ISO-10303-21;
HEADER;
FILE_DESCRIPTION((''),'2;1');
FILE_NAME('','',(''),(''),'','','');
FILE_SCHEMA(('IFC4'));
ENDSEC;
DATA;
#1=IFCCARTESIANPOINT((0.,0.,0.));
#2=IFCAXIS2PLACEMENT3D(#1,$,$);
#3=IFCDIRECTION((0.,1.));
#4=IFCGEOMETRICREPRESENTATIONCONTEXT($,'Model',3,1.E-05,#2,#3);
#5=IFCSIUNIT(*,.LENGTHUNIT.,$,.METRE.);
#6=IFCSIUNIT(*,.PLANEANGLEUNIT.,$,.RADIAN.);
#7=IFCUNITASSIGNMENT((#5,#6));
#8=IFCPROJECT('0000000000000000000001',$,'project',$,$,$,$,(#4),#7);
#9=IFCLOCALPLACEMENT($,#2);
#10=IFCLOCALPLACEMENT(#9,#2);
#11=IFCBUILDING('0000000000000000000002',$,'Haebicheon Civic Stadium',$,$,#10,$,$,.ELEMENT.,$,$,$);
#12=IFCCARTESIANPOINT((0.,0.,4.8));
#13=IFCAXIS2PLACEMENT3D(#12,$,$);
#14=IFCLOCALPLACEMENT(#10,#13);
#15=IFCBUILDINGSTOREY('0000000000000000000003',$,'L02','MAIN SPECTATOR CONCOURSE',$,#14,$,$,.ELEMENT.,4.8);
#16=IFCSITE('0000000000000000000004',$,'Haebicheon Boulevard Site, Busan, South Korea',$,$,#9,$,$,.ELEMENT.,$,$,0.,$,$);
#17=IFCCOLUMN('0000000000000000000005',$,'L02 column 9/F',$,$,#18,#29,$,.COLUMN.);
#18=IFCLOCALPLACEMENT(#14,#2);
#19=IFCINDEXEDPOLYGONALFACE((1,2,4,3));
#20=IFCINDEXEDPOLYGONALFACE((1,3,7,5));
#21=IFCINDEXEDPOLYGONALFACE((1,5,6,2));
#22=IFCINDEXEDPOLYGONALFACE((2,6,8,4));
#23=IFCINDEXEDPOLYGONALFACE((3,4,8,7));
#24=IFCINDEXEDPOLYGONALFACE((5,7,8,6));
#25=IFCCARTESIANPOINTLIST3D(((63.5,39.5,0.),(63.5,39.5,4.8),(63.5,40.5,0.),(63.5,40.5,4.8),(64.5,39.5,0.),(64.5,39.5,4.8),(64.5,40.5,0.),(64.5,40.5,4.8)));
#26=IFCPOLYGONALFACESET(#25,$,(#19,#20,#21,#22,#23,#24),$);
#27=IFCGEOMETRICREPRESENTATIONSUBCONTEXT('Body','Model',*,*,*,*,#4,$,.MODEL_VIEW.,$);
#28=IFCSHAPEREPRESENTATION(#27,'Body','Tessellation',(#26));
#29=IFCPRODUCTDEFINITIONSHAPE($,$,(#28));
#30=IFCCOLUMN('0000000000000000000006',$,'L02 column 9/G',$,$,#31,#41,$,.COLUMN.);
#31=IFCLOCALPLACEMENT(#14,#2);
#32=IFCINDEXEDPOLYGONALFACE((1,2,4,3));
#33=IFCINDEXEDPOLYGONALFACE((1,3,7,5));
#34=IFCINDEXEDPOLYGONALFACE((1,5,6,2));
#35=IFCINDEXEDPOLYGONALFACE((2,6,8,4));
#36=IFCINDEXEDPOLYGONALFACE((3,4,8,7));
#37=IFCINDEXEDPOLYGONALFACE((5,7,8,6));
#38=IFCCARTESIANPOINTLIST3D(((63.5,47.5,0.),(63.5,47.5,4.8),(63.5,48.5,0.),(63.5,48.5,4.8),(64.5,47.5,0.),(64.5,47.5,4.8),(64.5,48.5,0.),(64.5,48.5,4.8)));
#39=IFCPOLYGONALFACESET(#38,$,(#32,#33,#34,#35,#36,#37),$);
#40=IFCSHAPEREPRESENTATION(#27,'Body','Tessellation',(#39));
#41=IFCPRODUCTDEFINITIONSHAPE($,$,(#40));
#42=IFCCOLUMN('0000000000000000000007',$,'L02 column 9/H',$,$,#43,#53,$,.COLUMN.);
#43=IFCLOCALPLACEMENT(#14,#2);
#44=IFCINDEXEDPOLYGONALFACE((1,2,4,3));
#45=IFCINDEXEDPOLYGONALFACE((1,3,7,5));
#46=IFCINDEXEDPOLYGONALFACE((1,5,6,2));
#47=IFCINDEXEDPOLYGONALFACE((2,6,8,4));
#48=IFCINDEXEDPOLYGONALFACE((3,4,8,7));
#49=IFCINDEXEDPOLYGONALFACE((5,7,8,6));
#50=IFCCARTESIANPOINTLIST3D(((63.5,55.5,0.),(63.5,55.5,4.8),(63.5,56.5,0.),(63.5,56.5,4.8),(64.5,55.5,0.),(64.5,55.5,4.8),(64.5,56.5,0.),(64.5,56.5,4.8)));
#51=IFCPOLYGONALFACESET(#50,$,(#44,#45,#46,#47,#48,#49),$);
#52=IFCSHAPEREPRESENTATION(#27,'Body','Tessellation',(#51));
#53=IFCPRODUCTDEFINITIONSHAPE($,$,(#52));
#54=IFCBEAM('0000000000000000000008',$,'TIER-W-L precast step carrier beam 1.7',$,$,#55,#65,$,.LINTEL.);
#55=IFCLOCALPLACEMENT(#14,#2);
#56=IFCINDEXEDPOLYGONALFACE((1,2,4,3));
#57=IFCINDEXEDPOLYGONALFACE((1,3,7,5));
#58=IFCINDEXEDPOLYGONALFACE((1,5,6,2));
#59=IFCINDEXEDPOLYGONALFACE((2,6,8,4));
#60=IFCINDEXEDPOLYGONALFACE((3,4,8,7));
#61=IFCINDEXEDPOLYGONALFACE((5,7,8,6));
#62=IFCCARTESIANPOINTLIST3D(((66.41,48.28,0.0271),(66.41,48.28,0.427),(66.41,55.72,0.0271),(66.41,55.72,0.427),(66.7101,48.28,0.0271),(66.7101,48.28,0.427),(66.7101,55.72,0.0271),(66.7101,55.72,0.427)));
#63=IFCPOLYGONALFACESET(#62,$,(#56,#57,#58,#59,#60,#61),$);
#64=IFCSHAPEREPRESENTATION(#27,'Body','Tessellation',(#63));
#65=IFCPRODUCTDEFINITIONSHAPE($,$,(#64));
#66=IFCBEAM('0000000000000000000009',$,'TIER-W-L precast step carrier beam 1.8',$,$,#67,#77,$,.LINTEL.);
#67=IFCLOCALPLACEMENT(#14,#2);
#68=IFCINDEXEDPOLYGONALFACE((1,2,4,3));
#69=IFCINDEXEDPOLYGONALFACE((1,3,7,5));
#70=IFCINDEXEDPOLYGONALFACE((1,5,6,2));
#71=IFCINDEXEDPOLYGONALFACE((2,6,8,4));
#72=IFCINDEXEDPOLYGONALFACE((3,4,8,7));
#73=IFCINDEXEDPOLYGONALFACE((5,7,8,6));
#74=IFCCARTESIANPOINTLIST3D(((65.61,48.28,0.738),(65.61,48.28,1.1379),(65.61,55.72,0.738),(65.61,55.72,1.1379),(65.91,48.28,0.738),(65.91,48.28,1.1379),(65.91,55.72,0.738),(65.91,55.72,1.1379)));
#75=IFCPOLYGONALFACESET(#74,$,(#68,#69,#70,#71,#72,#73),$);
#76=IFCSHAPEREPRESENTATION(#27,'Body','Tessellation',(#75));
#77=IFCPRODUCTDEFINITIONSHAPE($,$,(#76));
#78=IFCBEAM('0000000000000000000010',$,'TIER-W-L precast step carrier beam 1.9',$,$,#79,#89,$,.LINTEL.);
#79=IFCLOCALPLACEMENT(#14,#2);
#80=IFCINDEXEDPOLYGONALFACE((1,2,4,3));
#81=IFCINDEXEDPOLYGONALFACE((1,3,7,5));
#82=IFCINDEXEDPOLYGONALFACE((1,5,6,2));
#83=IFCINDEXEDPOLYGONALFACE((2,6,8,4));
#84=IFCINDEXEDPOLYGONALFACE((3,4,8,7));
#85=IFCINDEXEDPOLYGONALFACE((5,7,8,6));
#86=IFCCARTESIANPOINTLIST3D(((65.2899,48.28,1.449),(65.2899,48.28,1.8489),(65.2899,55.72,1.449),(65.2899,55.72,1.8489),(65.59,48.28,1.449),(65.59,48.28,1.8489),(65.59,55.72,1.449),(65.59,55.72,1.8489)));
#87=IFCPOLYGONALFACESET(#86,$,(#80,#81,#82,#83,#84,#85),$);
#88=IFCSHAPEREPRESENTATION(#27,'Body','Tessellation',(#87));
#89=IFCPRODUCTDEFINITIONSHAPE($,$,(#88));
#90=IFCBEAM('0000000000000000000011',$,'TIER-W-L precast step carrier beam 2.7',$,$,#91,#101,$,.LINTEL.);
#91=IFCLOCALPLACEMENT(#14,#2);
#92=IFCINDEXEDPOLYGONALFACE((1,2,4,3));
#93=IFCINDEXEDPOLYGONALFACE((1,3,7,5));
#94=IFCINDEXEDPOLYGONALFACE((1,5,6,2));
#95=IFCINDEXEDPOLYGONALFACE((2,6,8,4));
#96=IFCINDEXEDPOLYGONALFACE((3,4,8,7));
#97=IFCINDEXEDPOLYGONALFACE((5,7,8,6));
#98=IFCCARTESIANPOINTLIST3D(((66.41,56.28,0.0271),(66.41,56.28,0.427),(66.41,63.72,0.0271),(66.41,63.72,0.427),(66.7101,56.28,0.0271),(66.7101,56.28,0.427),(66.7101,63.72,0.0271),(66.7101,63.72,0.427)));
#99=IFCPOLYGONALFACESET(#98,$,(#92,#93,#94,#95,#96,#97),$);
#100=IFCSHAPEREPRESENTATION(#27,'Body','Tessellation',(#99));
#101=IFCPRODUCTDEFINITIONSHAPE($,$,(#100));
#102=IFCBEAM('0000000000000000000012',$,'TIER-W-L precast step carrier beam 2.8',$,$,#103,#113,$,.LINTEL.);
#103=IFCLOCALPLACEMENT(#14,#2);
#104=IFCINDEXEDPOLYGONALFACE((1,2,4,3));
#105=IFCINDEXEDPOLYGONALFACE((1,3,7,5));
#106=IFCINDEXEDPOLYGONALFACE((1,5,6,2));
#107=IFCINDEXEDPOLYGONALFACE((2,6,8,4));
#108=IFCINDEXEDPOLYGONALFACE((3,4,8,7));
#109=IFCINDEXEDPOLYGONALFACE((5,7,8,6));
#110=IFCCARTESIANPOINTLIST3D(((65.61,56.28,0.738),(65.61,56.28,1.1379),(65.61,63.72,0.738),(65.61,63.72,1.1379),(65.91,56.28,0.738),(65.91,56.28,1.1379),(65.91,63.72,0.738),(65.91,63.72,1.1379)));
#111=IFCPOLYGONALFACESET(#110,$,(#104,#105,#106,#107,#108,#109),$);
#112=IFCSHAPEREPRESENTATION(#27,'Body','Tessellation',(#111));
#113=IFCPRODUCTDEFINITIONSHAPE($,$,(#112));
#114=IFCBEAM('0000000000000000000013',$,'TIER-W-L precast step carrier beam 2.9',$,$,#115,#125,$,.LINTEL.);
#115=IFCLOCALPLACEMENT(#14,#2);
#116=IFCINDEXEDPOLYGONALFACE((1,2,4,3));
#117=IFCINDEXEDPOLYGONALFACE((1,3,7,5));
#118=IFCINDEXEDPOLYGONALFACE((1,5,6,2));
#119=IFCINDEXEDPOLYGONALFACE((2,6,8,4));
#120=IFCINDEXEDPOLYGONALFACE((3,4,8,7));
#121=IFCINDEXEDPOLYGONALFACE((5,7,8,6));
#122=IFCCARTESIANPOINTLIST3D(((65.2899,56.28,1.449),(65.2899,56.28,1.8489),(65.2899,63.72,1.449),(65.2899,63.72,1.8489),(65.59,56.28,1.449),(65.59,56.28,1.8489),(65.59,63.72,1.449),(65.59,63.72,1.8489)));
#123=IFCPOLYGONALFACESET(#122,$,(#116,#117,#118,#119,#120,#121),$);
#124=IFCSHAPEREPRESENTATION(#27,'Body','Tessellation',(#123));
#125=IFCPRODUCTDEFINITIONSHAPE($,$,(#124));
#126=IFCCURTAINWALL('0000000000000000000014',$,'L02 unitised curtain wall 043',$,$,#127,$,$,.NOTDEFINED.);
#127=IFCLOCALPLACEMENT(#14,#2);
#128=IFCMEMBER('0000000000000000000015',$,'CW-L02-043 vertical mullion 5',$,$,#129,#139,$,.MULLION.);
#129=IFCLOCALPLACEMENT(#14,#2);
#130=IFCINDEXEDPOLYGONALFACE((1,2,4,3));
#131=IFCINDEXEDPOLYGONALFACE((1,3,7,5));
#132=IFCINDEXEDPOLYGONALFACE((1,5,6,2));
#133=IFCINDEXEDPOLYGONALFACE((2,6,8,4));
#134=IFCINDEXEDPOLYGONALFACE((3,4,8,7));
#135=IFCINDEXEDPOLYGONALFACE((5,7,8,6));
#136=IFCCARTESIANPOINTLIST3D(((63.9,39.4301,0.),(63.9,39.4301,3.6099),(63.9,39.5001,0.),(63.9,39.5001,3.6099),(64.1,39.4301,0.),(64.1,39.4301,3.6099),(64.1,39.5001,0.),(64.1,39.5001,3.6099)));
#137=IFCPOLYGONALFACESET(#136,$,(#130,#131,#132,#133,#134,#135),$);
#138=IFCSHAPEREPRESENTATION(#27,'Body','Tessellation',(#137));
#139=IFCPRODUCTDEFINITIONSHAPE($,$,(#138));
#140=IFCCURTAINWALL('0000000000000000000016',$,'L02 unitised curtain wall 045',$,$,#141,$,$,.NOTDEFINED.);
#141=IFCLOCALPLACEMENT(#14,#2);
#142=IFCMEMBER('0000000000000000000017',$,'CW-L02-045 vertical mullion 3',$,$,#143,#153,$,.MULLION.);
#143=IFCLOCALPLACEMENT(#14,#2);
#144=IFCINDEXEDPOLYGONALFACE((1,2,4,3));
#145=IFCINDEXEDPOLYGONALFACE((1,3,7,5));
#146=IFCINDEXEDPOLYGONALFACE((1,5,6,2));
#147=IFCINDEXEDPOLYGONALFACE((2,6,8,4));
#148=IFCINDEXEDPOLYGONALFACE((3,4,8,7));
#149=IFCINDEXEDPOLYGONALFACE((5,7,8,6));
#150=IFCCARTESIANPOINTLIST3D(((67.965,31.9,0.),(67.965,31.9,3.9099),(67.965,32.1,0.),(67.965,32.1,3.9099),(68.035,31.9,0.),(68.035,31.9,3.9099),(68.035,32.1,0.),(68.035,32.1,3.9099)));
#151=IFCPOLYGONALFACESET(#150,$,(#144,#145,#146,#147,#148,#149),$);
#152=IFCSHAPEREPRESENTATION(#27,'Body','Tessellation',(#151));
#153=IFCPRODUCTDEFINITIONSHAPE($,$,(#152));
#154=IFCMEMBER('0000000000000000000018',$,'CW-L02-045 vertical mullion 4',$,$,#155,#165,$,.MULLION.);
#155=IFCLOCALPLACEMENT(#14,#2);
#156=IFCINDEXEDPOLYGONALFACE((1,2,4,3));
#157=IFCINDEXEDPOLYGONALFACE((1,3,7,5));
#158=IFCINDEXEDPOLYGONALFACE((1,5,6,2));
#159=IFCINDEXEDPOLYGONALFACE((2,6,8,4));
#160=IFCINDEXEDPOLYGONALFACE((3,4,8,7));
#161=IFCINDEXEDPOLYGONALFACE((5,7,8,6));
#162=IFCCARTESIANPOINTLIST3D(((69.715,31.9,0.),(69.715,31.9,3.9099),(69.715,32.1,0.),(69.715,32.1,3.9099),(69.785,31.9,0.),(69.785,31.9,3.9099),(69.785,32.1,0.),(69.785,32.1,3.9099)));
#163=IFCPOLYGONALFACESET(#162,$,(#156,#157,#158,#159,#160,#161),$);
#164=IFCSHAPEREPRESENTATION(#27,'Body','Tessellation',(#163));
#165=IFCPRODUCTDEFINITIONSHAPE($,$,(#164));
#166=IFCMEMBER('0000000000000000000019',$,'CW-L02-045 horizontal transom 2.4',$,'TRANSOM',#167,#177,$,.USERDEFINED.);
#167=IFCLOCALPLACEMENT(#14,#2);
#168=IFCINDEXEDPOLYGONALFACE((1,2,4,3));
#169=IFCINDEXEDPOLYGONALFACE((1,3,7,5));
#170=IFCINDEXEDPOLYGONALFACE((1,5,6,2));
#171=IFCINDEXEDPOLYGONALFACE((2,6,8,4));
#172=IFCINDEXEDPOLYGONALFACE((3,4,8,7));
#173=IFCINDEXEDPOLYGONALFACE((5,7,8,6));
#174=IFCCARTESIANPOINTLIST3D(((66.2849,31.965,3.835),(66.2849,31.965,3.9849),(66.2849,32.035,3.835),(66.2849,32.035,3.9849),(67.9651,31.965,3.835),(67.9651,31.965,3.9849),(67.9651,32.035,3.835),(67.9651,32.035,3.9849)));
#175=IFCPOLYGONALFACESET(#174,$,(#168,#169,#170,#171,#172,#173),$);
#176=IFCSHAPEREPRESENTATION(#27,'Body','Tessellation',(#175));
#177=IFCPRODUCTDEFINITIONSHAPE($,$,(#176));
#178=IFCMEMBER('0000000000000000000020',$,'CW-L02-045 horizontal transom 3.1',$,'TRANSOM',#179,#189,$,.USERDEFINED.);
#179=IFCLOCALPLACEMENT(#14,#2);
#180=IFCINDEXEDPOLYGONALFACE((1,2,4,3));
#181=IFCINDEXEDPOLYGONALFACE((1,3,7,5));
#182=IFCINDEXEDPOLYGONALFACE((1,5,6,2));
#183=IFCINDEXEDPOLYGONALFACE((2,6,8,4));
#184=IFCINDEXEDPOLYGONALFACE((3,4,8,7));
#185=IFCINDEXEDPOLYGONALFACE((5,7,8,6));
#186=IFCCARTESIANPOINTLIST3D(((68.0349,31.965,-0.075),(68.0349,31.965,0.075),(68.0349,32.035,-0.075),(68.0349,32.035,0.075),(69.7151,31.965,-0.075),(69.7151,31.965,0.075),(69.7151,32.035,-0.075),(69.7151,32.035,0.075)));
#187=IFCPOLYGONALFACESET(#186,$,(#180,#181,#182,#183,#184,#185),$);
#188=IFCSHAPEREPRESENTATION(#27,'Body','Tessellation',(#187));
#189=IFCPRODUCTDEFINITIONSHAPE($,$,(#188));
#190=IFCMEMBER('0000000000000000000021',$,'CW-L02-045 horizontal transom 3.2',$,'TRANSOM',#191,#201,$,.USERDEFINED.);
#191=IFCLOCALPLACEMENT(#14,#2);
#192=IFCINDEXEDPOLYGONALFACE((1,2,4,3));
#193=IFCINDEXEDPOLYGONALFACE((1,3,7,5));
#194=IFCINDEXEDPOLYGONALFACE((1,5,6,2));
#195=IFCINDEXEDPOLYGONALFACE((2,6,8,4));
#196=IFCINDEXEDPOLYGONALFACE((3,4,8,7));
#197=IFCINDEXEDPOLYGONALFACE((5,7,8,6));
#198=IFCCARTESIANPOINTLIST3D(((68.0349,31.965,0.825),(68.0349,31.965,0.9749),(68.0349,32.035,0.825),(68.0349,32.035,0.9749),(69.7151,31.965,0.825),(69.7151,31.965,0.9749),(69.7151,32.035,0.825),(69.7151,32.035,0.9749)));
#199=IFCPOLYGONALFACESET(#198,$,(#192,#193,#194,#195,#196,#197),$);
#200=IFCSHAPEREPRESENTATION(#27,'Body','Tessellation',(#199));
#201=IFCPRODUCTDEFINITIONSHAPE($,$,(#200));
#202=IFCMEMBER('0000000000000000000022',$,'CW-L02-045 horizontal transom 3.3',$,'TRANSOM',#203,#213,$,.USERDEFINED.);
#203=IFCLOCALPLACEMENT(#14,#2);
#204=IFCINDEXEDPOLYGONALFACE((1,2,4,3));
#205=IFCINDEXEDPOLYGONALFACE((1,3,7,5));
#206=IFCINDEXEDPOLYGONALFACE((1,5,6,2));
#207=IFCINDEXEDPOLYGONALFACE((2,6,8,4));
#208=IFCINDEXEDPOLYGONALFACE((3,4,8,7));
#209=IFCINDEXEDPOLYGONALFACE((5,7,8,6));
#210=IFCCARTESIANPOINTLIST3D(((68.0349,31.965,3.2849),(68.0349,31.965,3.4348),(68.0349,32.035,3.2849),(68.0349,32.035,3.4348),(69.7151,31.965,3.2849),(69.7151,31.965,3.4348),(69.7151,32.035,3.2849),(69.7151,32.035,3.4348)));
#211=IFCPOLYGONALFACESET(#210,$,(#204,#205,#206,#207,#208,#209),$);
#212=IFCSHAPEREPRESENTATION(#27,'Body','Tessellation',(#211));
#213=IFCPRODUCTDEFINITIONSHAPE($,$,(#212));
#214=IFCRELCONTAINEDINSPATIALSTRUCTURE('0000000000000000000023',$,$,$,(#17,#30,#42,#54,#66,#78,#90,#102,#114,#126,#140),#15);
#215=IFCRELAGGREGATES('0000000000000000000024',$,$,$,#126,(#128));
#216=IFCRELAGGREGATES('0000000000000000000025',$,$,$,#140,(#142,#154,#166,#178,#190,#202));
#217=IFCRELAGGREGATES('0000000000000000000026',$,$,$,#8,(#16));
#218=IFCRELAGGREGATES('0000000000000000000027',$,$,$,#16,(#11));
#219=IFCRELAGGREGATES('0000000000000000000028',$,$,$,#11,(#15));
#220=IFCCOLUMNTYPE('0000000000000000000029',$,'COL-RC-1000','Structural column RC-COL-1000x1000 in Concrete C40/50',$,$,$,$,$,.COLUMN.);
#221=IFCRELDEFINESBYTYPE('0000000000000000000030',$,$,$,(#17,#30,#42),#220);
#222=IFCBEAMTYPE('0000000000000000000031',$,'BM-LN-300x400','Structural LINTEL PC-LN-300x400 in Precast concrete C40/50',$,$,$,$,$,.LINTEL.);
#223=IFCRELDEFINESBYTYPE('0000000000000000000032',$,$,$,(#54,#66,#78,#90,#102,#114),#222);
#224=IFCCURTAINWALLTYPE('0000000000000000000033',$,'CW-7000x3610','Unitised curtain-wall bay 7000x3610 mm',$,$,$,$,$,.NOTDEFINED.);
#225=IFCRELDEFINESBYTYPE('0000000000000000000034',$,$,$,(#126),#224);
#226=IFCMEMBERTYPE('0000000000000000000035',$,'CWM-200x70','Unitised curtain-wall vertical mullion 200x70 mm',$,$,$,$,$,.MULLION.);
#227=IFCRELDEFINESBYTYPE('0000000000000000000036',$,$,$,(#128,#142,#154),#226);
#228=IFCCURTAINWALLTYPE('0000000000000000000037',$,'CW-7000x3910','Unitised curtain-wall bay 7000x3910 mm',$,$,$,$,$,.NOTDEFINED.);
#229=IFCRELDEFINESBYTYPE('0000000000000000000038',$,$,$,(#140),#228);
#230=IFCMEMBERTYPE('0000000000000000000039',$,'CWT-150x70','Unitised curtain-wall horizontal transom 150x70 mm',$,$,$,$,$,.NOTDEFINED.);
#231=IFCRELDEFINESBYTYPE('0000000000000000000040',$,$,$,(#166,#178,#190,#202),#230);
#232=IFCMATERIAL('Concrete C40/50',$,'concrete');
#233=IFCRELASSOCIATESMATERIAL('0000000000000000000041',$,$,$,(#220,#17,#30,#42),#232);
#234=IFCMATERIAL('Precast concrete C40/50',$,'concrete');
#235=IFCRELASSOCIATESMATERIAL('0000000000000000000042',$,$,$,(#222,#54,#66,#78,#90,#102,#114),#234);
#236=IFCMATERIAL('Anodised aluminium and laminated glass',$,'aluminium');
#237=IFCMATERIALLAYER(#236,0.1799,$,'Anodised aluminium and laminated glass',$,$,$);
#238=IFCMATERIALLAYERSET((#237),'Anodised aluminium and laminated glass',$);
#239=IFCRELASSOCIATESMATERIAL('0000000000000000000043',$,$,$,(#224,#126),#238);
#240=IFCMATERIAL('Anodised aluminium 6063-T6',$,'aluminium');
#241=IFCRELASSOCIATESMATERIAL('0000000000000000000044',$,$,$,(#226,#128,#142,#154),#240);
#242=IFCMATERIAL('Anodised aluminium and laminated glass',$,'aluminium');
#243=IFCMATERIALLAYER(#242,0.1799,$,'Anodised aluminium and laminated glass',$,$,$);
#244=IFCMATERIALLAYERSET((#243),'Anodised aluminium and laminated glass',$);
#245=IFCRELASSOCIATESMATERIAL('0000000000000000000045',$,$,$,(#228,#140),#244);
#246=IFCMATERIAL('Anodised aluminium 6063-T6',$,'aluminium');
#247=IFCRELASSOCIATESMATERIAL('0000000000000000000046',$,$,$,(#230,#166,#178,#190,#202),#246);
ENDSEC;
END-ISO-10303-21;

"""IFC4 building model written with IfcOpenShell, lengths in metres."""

from ifc_helpers import new_model, si_unit, direction, frame, origin, origin_2d, place, context, subcontext, project, spatial, rectangle, extrude, material, layer, layer_set, material_profile, profile_set, type_object, element, aggregate, save


model = new_model("IFC4")

# Units and contexts
model_context = context("Model", 3, precision=1e-05, world=origin(), true_north=direction((0.0, 1.0)))
body_context = subcontext(model_context, "Body", "Model", "MODEL_VIEW")
ifc_project = project(units=[si_unit("LENGTHUNIT", "METRE"), si_unit("PLANEANGLEUNIT", "RADIAN")], contexts=[model_context])

# Site, building, storey
site_placement = place(None, origin())
site = spatial("IfcSite", under=ifc_project, at=site_placement, Name="Haebicheon Boulevard Site, Busan, South Korea", CompositionType="ELEMENT", RefElevation=0.0)
building_placement = place(site_placement, origin())
building = spatial("IfcBuilding", under=site, at=building_placement, Name="Haebicheon Civic Stadium", CompositionType="ELEMENT")
storey_placement = place(building_placement, frame((0.0, 0.0, 4.8)))
storey = spatial("IfcBuildingStorey", under=building, at=storey_placement, Name="L02", Description="MAIN SPECTATOR CONCOURSE", CompositionType="ELEMENT", Elevation=4.8)

# Columns
ifc_material_1 = material(Name="Concrete C40/50", Category="concrete")
ifc_material_profile_1 = material_profile(ifc_material_1, rectangle(XDim=1.0, YDim=1.0, at=origin_2d()), Name="RC-COL-1000x1000")
ifc_profile_set_1 = profile_set([ifc_material_profile_1], Name="Concrete C40/50")
column_type = type_object("IfcColumnType", Name="COL-RC-1000", Description="Structural column RC-COL-1000x1000 in Concrete C40/50", PredefinedType="COLUMN", material=ifc_profile_set_1)
for number, where, z_axis, x_axis, name in (
    (1, (64.0, 40.0, 0.0), (0.0, 0.0, 1.0), (1.0, 0.0, 0.0), "L02 column 9/F"),
    (2, (64.0, 48.0, 0.0), (0.0, 0.0, 1.0), (1.0, 0.0, 0.0), "L02 column 9/G"),
    (3, (64.0, 56.0, 0.0), (0.0, 0.0, 1.0), (1.0, 0.0, 0.0), "L02 column 9/H"),
):
    element("IfcColumn", number, at=place(storey_placement, frame(where, z_axis=z_axis, x_axis=x_axis)), inside=storey, type_object=column_type, material=ifc_profile_set_1, Name=name, PredefinedType="COLUMN", context=body_context, shape_type="SweptSolid", body=[
        extrude(rectangle(XDim=1.0, YDim=1.0, at=origin_2d()), origin(), (0.0, 0.0, 1.0), 4.8),
    ])

# Beams
ifc_material_2 = material(Name="Precast concrete C40/50", Category="concrete")
ifc_material_profile_2 = material_profile(ifc_material_2, rectangle(XDim=0.3, YDim=0.3999, at=origin_2d()), Name="PC-LN-300x400")
ifc_profile_set_2 = profile_set([ifc_material_profile_2], Name="Precast concrete C40/50")
beam_type_1 = type_object("IfcBeamType", Name="BM-LN-300x400", Description="Structural LINTEL PC-LN-300x400 in Precast concrete C40/50", PredefinedType="LINTEL", material=ifc_profile_set_2)
for number, where, z_axis, x_axis, name in (
    (4, (66.5601, 48.28, 0.2271), (0.0, 1.0, 0.0), (-1.0, 0.0, 0.0), "TIER-W-L precast step carrier beam 1.7"),
    (5, (65.76, 48.28, 0.938), (0.0, 1.0, 0.0), (-1.0, 0.0, 0.0), "TIER-W-L precast step carrier beam 1.8"),
    (6, (65.4399, 48.28, 1.6489), (0.0, 1.0, 0.0), (-1.0, 0.0, 0.0), "TIER-W-L precast step carrier beam 1.9"),
    (7, (66.5601, 56.28, 0.2271), (0.0, 1.0, 0.0), (-1.0, 0.0, 0.0), "TIER-W-L precast step carrier beam 2.7"),
    (8, (65.76, 56.28, 0.938), (0.0, 1.0, 0.0), (-1.0, 0.0, 0.0), "TIER-W-L precast step carrier beam 2.8"),
    (9, (65.4399, 56.28, 1.6489), (0.0, 1.0, 0.0), (-1.0, 0.0, 0.0), "TIER-W-L precast step carrier beam 2.9"),
):
    element("IfcBeam", number, at=place(storey_placement, frame(where, z_axis=z_axis, x_axis=x_axis)), inside=storey, type_object=beam_type_1, material=ifc_profile_set_2, Name=name, PredefinedType="LINTEL", context=body_context, shape_type="SweptSolid", body=[
        extrude(rectangle(XDim=0.3, YDim=0.3999, at=origin_2d()), origin(), (0.0, 0.0, 1.0), 7.4399),
    ])

# Curtain wall, member
ifc_material_3 = material(Name="Anodised aluminium and laminated glass", Category="aluminium")
ifc_layer_1 = layer(ifc_material_3, 0.1799, Name="Anodised aluminium and laminated glass")
ifc_layer_set_1 = layer_set([ifc_layer_1], Name="Anodised aluminium and laminated glass")
curtain_wall_type_1 = type_object("IfcCurtainWallType", Name="CW-7000x3610", Description="Unitised curtain-wall bay 7000x3610 mm", PredefinedType="NOTDEFINED", material=ifc_layer_set_1)
curtain_wall_1_placement = place(storey_placement, origin())
curtain_wall_1 = element("IfcCurtainWall", 10, at=curtain_wall_1_placement, inside=storey, type_object=curtain_wall_type_1, material=ifc_layer_set_1, Name="L02 unitised curtain wall 043", PredefinedType="NOTDEFINED")
ifc_material_4 = material(Name="Anodised aluminium 6063-T6", Category="aluminium")
ifc_material_profile_3 = material_profile(ifc_material_4, rectangle(XDim=0.0701, YDim=0.2, at=origin_2d()), Name="ALU-MULL-70x200")
ifc_profile_set_3 = profile_set([ifc_material_profile_3], Name="Anodised aluminium 6063-T6")
member_type_1 = type_object("IfcMemberType", Name="CWM-200x70", Description="Unitised curtain-wall vertical mullion 200x70 mm", PredefinedType="MULLION", material=ifc_profile_set_3)
member_1_placement = place(storey_placement, frame((64.0, 39.4651, 0.0), z_axis=(0.0, 0.0, 1.0), x_axis=(0.0, 1.0, 0.0)))
member_1 = element("IfcMember", 11, at=member_1_placement, type_object=member_type_1, material=ifc_profile_set_3, Name="CW-L02-043 vertical mullion 5", PredefinedType="MULLION", context=body_context, shape_type="SweptSolid", body=[
    extrude(rectangle(XDim=0.0701, YDim=0.2, at=origin_2d()), origin(), (0.0, 0.0, 1.0), 3.6099),
])

# Curtain wall, members
ifc_material_5 = material(Name="Anodised aluminium and laminated glass", Category="aluminium")
ifc_layer_2 = layer(ifc_material_5, 0.1799, Name="Anodised aluminium and laminated glass")
ifc_layer_set_2 = layer_set([ifc_layer_2], Name="Anodised aluminium and laminated glass")
curtain_wall_type_2 = type_object("IfcCurtainWallType", Name="CW-7000x3910", Description="Unitised curtain-wall bay 7000x3910 mm", PredefinedType="NOTDEFINED", material=ifc_layer_set_2)
curtain_wall_2_placement = place(storey_placement, origin())
curtain_wall_2 = element("IfcCurtainWall", 12, at=curtain_wall_2_placement, inside=storey, type_object=curtain_wall_type_2, material=ifc_layer_set_2, Name="L02 unitised curtain wall 045", PredefinedType="NOTDEFINED")
member_2_placement = place(storey_placement, frame((68.0, 32.0, 0.0), z_axis=(0.0, 0.0, 1.0), x_axis=(1.0, 0.0, 0.0)))
member_2 = element("IfcMember", 13, at=member_2_placement, type_object=member_type_1, material=ifc_profile_set_3, Name="CW-L02-045 vertical mullion 3", PredefinedType="MULLION", context=body_context, shape_type="SweptSolid", body=[
    extrude(rectangle(XDim=0.0701, YDim=0.2, at=origin_2d()), origin(), (0.0, 0.0, 1.0), 3.9099),
])
member_3_placement = place(storey_placement, frame((69.75, 32.0, 0.0), z_axis=(0.0, 0.0, 1.0), x_axis=(1.0, 0.0, 0.0)))
member_3 = element("IfcMember", 14, at=member_3_placement, type_object=member_type_1, material=ifc_profile_set_3, Name="CW-L02-045 vertical mullion 4", PredefinedType="MULLION", context=body_context, shape_type="SweptSolid", body=[
    extrude(rectangle(XDim=0.0701, YDim=0.2, at=origin_2d()), origin(), (0.0, 0.0, 1.0), 3.9099),
])
ifc_material_6 = material(Name="Anodised aluminium 6063-T6", Category="aluminium")
ifc_material_profile_4 = material_profile(ifc_material_6, rectangle(XDim=0.0701, YDim=0.1499, at=origin_2d()), Name="ALU-TRAN-70x150")
ifc_profile_set_4 = profile_set([ifc_material_profile_4], Name="Anodised aluminium 6063-T6")
member_type_2 = type_object("IfcMemberType", Name="CWT-150x70", Description="Unitised curtain-wall horizontal transom 150x70 mm", PredefinedType="NOTDEFINED", material=ifc_profile_set_4)
member_4_placement = place(storey_placement, frame((66.2849, 32.0, 3.9099), z_axis=(1.0, 0.0, 0.0), x_axis=(0.0, 1.0, 0.0)))
member_4 = element("IfcMember", 15, at=member_4_placement, type_object=member_type_2, material=ifc_profile_set_4, Name="CW-L02-045 horizontal transom 2.4", ObjectType="TRANSOM", PredefinedType="USERDEFINED", context=body_context, shape_type="SweptSolid", body=[
    extrude(rectangle(XDim=0.0701, YDim=0.1499, at=origin_2d()), origin(), (0.0, 0.0, 1.0), 1.6802),
])
member_5_placement = place(storey_placement, frame((68.0349, 32.0, 0.0), z_axis=(1.0, 0.0, 0.0), x_axis=(0.0, 1.0, 0.0)))
member_5 = element("IfcMember", 16, at=member_5_placement, type_object=member_type_2, material=ifc_profile_set_4, Name="CW-L02-045 horizontal transom 3.1", ObjectType="TRANSOM", PredefinedType="USERDEFINED", context=body_context, shape_type="SweptSolid", body=[
    extrude(rectangle(XDim=0.0701, YDim=0.1499, at=origin_2d()), origin(), (0.0, 0.0, 1.0), 1.6802),
])
member_6_placement = place(storey_placement, frame((68.0349, 32.0, 0.8999), z_axis=(1.0, 0.0, 0.0), x_axis=(0.0, 1.0, 0.0)))
member_6 = element("IfcMember", 17, at=member_6_placement, type_object=member_type_2, material=ifc_profile_set_4, Name="CW-L02-045 horizontal transom 3.2", ObjectType="TRANSOM", PredefinedType="USERDEFINED", context=body_context, shape_type="SweptSolid", body=[
    extrude(rectangle(XDim=0.0701, YDim=0.1499, at=origin_2d()), origin(), (0.0, 0.0, 1.0), 1.6802),
])
member_7_placement = place(storey_placement, frame((68.0349, 32.0, 3.3599), z_axis=(1.0, 0.0, 0.0), x_axis=(0.0, 1.0, 0.0)))
member_7 = element("IfcMember", 18, at=member_7_placement, type_object=member_type_2, material=ifc_profile_set_4, Name="CW-L02-045 horizontal transom 3.3", ObjectType="TRANSOM", PredefinedType="USERDEFINED", context=body_context, shape_type="SweptSolid", body=[
    extrude(rectangle(XDim=0.0701, YDim=0.1499, at=origin_2d()), origin(), (0.0, 0.0, 1.0), 1.6802),
])

aggregate(curtain_wall_1, [member_1])
aggregate(curtain_wall_2, [member_2, member_3, member_4, member_5, member_6, member_7])

save(model, "model.ifc")
